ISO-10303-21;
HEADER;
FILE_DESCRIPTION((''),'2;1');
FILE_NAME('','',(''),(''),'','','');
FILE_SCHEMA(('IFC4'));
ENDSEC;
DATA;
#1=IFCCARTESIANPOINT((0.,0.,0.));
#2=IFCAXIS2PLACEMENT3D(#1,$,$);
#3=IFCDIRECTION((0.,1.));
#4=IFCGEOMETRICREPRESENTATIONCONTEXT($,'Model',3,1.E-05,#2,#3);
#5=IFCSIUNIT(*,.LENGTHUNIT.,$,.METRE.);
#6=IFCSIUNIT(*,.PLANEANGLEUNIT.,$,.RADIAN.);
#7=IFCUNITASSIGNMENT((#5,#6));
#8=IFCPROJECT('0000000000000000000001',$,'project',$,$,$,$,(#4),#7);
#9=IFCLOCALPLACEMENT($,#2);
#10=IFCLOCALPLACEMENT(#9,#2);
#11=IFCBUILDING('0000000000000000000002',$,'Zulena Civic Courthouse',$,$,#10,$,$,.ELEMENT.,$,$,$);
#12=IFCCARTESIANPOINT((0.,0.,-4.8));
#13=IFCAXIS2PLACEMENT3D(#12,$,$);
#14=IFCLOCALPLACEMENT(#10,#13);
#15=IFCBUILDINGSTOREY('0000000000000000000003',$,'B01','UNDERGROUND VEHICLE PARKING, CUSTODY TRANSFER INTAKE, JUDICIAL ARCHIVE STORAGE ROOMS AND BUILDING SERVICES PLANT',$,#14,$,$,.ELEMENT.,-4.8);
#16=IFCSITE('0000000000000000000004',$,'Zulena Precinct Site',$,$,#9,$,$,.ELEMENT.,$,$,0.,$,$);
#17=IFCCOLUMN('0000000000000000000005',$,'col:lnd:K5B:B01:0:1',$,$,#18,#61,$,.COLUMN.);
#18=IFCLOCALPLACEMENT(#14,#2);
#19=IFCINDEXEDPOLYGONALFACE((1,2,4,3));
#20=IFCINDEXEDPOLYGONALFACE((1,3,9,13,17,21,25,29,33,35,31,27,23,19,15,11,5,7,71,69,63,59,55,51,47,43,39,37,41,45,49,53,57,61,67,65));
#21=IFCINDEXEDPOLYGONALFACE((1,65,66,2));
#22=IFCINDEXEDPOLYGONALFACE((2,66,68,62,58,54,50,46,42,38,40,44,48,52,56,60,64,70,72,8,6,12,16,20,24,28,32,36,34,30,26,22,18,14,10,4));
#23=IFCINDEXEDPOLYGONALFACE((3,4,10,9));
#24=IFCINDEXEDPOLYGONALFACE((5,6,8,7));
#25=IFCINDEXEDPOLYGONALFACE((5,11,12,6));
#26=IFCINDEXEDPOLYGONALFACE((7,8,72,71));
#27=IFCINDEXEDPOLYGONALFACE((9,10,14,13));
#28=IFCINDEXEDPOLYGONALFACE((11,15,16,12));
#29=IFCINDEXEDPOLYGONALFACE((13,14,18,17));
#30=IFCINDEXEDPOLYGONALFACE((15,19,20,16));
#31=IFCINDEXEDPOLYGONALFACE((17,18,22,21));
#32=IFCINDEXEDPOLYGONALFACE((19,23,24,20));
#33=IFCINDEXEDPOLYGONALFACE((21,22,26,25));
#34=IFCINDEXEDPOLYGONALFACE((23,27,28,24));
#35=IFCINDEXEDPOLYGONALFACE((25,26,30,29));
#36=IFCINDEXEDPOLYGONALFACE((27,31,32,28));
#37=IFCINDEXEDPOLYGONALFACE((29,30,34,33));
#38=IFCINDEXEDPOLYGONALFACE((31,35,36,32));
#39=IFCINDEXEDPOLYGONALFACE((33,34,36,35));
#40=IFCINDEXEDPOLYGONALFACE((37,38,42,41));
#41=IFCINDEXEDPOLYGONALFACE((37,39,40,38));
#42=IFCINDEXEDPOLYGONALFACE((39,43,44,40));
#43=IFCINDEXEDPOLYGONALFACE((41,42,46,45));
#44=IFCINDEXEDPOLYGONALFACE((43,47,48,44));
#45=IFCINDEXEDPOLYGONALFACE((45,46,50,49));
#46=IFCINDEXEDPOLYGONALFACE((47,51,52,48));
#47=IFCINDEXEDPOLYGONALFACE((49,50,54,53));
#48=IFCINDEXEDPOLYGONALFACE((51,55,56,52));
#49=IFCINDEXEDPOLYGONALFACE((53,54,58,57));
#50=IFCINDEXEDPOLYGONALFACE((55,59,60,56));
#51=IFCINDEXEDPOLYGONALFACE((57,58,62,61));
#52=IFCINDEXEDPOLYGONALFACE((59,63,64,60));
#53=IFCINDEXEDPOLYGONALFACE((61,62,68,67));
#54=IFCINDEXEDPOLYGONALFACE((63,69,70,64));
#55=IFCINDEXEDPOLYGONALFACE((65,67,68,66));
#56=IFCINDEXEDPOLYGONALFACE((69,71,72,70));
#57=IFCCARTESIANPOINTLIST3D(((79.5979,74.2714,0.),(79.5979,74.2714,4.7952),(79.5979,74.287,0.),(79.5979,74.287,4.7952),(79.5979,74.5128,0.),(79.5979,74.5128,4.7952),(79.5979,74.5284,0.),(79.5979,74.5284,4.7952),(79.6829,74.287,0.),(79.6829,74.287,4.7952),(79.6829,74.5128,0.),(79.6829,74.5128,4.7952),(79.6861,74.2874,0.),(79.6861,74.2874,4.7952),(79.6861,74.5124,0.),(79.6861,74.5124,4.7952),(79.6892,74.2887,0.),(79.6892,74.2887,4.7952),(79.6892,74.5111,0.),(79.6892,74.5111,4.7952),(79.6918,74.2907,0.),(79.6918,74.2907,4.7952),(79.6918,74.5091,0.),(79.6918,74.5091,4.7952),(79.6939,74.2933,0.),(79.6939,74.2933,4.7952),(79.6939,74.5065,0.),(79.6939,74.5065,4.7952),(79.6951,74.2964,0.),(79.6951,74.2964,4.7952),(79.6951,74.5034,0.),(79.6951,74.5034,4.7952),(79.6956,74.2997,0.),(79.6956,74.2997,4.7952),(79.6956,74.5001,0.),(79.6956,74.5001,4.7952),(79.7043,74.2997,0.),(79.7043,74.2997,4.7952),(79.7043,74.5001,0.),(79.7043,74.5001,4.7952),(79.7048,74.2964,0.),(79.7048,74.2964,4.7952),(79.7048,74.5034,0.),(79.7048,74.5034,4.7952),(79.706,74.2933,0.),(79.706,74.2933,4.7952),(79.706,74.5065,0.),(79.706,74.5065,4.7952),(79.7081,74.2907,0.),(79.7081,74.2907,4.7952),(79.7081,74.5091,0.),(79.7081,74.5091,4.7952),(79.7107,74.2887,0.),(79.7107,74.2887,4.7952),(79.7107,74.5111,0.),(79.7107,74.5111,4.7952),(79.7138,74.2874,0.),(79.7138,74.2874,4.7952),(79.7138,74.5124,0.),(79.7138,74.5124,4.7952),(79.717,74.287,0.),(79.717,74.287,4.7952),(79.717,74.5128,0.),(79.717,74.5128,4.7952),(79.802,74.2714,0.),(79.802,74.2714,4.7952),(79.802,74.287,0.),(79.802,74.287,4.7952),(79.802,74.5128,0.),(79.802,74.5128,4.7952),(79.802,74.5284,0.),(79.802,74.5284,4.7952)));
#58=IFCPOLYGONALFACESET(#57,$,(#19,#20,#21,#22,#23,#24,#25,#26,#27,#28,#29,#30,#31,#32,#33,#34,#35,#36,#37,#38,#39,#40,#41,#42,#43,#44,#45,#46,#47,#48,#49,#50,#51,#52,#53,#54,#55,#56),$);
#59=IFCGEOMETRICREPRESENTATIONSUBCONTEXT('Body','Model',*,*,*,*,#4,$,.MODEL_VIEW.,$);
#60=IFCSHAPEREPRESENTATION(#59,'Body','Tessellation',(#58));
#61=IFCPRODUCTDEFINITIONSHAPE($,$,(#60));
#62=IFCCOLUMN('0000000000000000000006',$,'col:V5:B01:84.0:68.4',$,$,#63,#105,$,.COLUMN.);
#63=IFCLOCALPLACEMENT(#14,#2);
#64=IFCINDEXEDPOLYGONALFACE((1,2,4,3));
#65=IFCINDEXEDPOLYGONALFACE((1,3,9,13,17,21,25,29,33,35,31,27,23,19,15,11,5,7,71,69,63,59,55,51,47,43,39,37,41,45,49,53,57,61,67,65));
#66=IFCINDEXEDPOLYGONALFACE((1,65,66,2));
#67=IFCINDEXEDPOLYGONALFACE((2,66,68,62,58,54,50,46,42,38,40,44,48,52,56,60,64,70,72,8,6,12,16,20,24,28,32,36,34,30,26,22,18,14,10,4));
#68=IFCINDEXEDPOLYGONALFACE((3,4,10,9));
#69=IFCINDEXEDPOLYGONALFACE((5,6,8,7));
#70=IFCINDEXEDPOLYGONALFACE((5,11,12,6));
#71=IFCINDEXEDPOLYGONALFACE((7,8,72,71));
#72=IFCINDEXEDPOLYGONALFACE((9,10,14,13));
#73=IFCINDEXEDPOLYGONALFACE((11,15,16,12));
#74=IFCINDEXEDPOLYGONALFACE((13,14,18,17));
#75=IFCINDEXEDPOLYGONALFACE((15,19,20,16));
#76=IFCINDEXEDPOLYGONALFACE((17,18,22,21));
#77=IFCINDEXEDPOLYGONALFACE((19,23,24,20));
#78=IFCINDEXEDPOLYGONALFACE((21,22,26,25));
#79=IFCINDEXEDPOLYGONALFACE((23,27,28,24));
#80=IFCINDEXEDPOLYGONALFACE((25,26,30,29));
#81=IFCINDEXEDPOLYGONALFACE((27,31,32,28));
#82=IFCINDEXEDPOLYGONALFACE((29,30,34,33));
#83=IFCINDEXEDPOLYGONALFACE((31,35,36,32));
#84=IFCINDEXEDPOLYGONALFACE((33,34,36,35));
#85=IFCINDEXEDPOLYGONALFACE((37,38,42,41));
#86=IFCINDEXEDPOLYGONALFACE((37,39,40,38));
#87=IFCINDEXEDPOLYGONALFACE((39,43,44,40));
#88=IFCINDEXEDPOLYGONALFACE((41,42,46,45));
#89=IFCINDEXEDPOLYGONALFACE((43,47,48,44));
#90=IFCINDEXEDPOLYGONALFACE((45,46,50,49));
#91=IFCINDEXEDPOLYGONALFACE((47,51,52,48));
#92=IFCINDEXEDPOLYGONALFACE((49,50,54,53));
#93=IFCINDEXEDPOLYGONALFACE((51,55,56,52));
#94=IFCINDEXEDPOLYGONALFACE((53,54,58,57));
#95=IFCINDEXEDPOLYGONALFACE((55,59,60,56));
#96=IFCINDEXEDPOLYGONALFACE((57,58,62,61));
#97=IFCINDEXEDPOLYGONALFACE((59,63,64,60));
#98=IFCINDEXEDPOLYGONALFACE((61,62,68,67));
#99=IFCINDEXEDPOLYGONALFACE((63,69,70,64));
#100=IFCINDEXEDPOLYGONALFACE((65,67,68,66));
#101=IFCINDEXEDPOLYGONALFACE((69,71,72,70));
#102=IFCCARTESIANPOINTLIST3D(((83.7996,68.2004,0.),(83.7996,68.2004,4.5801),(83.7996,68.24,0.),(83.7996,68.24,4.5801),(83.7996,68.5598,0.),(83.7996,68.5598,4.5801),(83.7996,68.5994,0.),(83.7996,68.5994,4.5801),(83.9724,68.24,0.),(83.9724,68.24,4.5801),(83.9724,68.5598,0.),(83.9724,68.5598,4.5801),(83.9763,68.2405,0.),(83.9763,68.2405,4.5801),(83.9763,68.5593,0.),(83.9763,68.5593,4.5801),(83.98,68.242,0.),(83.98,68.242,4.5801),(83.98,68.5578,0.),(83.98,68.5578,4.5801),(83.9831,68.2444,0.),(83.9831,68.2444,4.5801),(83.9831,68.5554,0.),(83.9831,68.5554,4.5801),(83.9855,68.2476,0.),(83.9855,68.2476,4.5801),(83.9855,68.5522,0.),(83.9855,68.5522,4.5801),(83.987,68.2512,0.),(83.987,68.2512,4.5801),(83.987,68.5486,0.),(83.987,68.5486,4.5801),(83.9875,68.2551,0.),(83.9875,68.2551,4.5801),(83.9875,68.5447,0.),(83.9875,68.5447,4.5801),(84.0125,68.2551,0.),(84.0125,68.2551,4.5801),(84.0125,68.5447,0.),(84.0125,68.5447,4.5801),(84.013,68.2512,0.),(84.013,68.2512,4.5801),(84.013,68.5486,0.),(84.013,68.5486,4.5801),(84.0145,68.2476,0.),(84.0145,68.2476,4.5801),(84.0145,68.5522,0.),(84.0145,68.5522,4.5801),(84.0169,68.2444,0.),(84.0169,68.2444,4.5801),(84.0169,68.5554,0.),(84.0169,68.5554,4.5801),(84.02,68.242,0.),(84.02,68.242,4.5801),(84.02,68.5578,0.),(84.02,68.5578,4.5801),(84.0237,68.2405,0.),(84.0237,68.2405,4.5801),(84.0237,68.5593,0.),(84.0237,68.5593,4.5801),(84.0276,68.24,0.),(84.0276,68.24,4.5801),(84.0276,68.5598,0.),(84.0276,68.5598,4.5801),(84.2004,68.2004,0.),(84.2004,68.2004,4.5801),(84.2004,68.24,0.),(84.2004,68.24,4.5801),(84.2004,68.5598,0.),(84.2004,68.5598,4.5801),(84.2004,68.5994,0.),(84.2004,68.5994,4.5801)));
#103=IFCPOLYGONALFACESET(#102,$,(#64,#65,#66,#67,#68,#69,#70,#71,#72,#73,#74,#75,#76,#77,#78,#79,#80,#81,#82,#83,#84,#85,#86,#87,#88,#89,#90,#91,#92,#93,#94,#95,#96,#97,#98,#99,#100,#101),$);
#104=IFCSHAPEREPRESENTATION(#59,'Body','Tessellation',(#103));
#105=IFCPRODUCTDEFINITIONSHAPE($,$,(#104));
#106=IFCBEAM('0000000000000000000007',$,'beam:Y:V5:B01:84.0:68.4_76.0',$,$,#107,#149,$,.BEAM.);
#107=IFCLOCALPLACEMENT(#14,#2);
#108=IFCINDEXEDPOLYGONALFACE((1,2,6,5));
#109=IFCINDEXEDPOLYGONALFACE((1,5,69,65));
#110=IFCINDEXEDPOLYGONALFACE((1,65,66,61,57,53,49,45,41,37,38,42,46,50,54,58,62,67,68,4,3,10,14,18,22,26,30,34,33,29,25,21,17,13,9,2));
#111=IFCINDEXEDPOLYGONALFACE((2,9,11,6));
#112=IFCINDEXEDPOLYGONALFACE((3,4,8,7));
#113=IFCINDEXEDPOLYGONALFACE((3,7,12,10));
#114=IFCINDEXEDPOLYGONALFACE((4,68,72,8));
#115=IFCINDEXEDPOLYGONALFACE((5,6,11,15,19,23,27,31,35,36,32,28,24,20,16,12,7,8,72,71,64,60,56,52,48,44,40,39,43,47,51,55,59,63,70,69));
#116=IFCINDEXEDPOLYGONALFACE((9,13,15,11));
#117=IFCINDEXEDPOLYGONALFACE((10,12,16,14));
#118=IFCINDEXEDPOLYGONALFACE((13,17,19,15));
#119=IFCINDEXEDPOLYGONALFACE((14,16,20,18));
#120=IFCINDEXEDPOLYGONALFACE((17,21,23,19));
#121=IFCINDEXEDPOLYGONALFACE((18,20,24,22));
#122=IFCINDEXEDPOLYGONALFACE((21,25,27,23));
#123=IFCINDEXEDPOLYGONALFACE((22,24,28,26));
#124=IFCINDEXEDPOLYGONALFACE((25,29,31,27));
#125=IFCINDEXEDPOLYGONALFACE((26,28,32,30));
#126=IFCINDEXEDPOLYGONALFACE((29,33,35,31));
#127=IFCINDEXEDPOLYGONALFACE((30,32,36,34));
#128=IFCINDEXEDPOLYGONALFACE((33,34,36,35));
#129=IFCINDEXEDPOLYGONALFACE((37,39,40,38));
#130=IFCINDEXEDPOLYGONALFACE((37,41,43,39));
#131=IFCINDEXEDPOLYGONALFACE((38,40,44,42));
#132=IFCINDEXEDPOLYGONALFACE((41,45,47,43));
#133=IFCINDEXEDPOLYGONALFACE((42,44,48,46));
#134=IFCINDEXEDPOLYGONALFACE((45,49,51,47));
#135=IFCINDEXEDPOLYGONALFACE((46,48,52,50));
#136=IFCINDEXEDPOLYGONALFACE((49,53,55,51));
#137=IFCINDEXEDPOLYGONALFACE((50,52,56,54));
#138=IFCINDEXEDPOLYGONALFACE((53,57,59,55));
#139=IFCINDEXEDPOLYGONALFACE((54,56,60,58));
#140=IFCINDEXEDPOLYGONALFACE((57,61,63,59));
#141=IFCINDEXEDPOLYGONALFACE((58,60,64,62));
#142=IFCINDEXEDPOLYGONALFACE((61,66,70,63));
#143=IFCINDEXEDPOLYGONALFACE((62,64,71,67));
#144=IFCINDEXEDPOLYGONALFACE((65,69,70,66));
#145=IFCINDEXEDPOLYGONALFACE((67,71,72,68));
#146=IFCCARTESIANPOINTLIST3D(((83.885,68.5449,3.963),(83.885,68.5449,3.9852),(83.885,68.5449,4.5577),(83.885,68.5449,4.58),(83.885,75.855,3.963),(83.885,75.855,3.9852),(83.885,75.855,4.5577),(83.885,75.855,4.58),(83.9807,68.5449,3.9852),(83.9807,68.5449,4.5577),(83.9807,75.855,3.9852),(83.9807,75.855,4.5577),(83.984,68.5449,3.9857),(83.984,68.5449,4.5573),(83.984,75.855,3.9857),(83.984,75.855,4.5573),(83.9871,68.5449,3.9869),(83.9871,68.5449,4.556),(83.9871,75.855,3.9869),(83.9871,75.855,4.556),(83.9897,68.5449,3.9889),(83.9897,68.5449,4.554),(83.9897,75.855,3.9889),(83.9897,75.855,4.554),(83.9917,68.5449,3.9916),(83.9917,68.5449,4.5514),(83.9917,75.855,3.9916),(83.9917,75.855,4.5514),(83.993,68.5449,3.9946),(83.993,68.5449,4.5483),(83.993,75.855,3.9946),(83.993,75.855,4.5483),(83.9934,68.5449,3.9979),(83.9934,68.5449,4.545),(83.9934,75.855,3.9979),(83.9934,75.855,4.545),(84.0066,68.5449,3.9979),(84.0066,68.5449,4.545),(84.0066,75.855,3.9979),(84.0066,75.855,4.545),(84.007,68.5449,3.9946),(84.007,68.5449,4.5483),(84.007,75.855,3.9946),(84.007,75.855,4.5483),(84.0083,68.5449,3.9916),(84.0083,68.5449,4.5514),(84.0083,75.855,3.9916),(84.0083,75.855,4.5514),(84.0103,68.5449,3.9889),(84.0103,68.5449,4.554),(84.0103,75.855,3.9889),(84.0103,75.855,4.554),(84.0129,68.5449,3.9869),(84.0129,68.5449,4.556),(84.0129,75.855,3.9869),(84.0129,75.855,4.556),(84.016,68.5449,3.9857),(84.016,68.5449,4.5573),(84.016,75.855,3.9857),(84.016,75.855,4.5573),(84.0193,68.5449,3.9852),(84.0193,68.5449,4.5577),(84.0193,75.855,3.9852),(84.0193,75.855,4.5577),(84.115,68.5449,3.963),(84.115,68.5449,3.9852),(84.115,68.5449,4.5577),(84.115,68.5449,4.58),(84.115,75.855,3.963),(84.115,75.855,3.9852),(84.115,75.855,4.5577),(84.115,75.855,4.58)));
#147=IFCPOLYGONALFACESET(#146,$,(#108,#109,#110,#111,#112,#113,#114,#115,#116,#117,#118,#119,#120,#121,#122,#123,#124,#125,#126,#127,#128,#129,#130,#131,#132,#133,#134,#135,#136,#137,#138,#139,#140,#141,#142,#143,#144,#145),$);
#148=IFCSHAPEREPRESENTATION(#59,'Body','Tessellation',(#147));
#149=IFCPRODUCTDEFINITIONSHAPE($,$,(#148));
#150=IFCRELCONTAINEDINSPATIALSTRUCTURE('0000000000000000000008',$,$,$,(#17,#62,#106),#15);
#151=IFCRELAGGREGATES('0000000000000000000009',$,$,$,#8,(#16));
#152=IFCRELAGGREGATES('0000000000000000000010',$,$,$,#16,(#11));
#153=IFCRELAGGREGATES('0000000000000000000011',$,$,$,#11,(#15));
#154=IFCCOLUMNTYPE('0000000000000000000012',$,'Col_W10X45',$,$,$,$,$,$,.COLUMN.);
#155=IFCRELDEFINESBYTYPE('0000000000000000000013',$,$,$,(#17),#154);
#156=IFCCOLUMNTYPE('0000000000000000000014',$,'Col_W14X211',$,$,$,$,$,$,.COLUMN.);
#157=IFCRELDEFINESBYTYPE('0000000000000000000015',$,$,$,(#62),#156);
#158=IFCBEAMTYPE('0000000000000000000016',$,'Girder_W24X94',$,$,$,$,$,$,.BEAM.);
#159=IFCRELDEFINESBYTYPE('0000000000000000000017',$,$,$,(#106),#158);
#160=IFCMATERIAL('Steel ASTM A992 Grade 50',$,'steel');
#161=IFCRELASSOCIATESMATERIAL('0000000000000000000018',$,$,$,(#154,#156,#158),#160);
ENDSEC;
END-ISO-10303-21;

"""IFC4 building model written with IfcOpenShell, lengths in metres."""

from ifc_helpers import new_model, si_unit, direction, frame, origin, origin_2d, place, context, subcontext, project, spatial, i_section, extrude, material, material_profile, profile_set, type_object, element, save


model = new_model("IFC4")

# Units and contexts
model_context = context("Model", 3, precision=1e-05, world=origin(), true_north=direction((0.0, 1.0)))
body_context = subcontext(model_context, "Body", "Model", "MODEL_VIEW")
ifc_project = project(units=[si_unit("LENGTHUNIT", "METRE"), si_unit("PLANEANGLEUNIT", "RADIAN")], contexts=[model_context])

# Site, building, storey
site_placement = place(None, origin())
site = spatial("IfcSite", under=ifc_project, at=site_placement, Name="Zulena Precinct Site", CompositionType="ELEMENT", RefElevation=0.0)
building_placement = place(site_placement, origin())
building = spatial("IfcBuilding", under=site, at=building_placement, Name="Zulena Civic Courthouse", CompositionType="ELEMENT")
storey_placement = place(building_placement, frame((0.0, 0.0, -4.8)))
storey = spatial("IfcBuildingStorey", under=building, at=storey_placement, Name="B01", Description="UNDERGROUND VEHICLE PARKING, CUSTODY TRANSFER INTAKE, JUDICIAL ARCHIVE STORAGE ROOMS AND BUILDING SERVICES PLANT", CompositionType="ELEMENT", Elevation=-4.8)

# Columns
ifc_material_1 = material(Name="Steel ASTM A992 Grade 50", Category="steel")
ifc_material_profile_1 = material_profile(ifc_material_1, i_section(OverallWidth=0.2041, OverallDepth=0.2571, WebThickness=0.0088, FlangeThickness=0.0156, FilletRadius=0.0127, at=origin_2d()), Name="W10X45")
ifc_profile_set_1 = profile_set([ifc_material_profile_1], Name="Steel ASTM A992 Grade 50")
column_type_1 = type_object("IfcColumnType", Name="Col_W10X45", PredefinedType="COLUMN", material=ifc_profile_set_1)
for number, where, z_axis, x_axis, name in (
    (1, (79.7, 74.3999, 0.0), (0.0, 0.0, 1.0), (1.0, 0.0, 0.0), "col:lnd:K5B:B01:0:1"),
):
    element("IfcColumn", number, at=place(storey_placement, frame(where, z_axis=z_axis, x_axis=x_axis)), inside=storey, type_object=column_type_1, Name=name, PredefinedType="COLUMN", context=body_context, shape_type="SweptSolid", body=[
        extrude(i_section(OverallWidth=0.2041, OverallDepth=0.2571, WebThickness=0.0088, FlangeThickness=0.0156, FilletRadius=0.0127, at=origin_2d()), origin(), (0.0, 0.0, 1.0), 4.7952),
    ])
ifc_material_profile_2 = material_profile(ifc_material_1, i_section(OverallWidth=0.4009, OverallDepth=0.3989, WebThickness=0.0249, FlangeThickness=0.0396, FilletRadius=0.0151, at=origin_2d()), Name="W14X211")
ifc_profile_set_2 = profile_set([ifc_material_profile_2], Name="Steel ASTM A992 Grade 50")
column_type_2 = type_object("IfcColumnType", Name="Col_W14X211", PredefinedType="COLUMN", material=ifc_profile_set_2)
column_placement = place(storey_placement, frame((84.0, 68.3999, 0.0), z_axis=(0.0, 0.0, 1.0), x_axis=(1.0, 0.0, 0.0)))
element("IfcColumn", 2, at=column_placement, inside=storey, type_object=column_type_2, Name="col:V5:B01:84.0:68.4", PredefinedType="COLUMN", context=body_context, shape_type="SweptSolid", body=[
    extrude(i_section(OverallWidth=0.4009, OverallDepth=0.3989, WebThickness=0.0249, FlangeThickness=0.0396, FilletRadius=0.0151, at=origin_2d()), origin(), (0.0, 0.0, 1.0), 4.5801),
])

# Beam
ifc_material_profile_3 = material_profile(ifc_material_1, i_section(OverallWidth=0.23, OverallDepth=0.6169, WebThickness=0.0132, FlangeThickness=0.0222, FilletRadius=0.0127, at=origin_2d()), Name="W24X94")
ifc_profile_set_3 = profile_set([ifc_material_profile_3], Name="Steel ASTM A992 Grade 50")
beam_type_1 = type_object("IfcBeamType", Name="Girder_W24X94", PredefinedType="BEAM", material=ifc_profile_set_3)
beam_1_placement = place(storey_placement, frame((84.0, 68.5449, 4.2715), z_axis=(0.0, 1.0, 0.0), x_axis=(-1.0, 0.0, 0.0)))
element("IfcBeam", 3, at=beam_1_placement, inside=storey, type_object=beam_type_1, Name="beam:Y:V5:B01:84.0:68.4_76.0", PredefinedType="BEAM", context=body_context, shape_type="SweptSolid", body=[
    extrude(i_section(OverallWidth=0.23, OverallDepth=0.6169, WebThickness=0.0132, FlangeThickness=0.0222, FilletRadius=0.0127, at=origin_2d()), origin(), (0.0, 0.0, 1.0), 7.3101),
])

save(model, "model.ifc")
